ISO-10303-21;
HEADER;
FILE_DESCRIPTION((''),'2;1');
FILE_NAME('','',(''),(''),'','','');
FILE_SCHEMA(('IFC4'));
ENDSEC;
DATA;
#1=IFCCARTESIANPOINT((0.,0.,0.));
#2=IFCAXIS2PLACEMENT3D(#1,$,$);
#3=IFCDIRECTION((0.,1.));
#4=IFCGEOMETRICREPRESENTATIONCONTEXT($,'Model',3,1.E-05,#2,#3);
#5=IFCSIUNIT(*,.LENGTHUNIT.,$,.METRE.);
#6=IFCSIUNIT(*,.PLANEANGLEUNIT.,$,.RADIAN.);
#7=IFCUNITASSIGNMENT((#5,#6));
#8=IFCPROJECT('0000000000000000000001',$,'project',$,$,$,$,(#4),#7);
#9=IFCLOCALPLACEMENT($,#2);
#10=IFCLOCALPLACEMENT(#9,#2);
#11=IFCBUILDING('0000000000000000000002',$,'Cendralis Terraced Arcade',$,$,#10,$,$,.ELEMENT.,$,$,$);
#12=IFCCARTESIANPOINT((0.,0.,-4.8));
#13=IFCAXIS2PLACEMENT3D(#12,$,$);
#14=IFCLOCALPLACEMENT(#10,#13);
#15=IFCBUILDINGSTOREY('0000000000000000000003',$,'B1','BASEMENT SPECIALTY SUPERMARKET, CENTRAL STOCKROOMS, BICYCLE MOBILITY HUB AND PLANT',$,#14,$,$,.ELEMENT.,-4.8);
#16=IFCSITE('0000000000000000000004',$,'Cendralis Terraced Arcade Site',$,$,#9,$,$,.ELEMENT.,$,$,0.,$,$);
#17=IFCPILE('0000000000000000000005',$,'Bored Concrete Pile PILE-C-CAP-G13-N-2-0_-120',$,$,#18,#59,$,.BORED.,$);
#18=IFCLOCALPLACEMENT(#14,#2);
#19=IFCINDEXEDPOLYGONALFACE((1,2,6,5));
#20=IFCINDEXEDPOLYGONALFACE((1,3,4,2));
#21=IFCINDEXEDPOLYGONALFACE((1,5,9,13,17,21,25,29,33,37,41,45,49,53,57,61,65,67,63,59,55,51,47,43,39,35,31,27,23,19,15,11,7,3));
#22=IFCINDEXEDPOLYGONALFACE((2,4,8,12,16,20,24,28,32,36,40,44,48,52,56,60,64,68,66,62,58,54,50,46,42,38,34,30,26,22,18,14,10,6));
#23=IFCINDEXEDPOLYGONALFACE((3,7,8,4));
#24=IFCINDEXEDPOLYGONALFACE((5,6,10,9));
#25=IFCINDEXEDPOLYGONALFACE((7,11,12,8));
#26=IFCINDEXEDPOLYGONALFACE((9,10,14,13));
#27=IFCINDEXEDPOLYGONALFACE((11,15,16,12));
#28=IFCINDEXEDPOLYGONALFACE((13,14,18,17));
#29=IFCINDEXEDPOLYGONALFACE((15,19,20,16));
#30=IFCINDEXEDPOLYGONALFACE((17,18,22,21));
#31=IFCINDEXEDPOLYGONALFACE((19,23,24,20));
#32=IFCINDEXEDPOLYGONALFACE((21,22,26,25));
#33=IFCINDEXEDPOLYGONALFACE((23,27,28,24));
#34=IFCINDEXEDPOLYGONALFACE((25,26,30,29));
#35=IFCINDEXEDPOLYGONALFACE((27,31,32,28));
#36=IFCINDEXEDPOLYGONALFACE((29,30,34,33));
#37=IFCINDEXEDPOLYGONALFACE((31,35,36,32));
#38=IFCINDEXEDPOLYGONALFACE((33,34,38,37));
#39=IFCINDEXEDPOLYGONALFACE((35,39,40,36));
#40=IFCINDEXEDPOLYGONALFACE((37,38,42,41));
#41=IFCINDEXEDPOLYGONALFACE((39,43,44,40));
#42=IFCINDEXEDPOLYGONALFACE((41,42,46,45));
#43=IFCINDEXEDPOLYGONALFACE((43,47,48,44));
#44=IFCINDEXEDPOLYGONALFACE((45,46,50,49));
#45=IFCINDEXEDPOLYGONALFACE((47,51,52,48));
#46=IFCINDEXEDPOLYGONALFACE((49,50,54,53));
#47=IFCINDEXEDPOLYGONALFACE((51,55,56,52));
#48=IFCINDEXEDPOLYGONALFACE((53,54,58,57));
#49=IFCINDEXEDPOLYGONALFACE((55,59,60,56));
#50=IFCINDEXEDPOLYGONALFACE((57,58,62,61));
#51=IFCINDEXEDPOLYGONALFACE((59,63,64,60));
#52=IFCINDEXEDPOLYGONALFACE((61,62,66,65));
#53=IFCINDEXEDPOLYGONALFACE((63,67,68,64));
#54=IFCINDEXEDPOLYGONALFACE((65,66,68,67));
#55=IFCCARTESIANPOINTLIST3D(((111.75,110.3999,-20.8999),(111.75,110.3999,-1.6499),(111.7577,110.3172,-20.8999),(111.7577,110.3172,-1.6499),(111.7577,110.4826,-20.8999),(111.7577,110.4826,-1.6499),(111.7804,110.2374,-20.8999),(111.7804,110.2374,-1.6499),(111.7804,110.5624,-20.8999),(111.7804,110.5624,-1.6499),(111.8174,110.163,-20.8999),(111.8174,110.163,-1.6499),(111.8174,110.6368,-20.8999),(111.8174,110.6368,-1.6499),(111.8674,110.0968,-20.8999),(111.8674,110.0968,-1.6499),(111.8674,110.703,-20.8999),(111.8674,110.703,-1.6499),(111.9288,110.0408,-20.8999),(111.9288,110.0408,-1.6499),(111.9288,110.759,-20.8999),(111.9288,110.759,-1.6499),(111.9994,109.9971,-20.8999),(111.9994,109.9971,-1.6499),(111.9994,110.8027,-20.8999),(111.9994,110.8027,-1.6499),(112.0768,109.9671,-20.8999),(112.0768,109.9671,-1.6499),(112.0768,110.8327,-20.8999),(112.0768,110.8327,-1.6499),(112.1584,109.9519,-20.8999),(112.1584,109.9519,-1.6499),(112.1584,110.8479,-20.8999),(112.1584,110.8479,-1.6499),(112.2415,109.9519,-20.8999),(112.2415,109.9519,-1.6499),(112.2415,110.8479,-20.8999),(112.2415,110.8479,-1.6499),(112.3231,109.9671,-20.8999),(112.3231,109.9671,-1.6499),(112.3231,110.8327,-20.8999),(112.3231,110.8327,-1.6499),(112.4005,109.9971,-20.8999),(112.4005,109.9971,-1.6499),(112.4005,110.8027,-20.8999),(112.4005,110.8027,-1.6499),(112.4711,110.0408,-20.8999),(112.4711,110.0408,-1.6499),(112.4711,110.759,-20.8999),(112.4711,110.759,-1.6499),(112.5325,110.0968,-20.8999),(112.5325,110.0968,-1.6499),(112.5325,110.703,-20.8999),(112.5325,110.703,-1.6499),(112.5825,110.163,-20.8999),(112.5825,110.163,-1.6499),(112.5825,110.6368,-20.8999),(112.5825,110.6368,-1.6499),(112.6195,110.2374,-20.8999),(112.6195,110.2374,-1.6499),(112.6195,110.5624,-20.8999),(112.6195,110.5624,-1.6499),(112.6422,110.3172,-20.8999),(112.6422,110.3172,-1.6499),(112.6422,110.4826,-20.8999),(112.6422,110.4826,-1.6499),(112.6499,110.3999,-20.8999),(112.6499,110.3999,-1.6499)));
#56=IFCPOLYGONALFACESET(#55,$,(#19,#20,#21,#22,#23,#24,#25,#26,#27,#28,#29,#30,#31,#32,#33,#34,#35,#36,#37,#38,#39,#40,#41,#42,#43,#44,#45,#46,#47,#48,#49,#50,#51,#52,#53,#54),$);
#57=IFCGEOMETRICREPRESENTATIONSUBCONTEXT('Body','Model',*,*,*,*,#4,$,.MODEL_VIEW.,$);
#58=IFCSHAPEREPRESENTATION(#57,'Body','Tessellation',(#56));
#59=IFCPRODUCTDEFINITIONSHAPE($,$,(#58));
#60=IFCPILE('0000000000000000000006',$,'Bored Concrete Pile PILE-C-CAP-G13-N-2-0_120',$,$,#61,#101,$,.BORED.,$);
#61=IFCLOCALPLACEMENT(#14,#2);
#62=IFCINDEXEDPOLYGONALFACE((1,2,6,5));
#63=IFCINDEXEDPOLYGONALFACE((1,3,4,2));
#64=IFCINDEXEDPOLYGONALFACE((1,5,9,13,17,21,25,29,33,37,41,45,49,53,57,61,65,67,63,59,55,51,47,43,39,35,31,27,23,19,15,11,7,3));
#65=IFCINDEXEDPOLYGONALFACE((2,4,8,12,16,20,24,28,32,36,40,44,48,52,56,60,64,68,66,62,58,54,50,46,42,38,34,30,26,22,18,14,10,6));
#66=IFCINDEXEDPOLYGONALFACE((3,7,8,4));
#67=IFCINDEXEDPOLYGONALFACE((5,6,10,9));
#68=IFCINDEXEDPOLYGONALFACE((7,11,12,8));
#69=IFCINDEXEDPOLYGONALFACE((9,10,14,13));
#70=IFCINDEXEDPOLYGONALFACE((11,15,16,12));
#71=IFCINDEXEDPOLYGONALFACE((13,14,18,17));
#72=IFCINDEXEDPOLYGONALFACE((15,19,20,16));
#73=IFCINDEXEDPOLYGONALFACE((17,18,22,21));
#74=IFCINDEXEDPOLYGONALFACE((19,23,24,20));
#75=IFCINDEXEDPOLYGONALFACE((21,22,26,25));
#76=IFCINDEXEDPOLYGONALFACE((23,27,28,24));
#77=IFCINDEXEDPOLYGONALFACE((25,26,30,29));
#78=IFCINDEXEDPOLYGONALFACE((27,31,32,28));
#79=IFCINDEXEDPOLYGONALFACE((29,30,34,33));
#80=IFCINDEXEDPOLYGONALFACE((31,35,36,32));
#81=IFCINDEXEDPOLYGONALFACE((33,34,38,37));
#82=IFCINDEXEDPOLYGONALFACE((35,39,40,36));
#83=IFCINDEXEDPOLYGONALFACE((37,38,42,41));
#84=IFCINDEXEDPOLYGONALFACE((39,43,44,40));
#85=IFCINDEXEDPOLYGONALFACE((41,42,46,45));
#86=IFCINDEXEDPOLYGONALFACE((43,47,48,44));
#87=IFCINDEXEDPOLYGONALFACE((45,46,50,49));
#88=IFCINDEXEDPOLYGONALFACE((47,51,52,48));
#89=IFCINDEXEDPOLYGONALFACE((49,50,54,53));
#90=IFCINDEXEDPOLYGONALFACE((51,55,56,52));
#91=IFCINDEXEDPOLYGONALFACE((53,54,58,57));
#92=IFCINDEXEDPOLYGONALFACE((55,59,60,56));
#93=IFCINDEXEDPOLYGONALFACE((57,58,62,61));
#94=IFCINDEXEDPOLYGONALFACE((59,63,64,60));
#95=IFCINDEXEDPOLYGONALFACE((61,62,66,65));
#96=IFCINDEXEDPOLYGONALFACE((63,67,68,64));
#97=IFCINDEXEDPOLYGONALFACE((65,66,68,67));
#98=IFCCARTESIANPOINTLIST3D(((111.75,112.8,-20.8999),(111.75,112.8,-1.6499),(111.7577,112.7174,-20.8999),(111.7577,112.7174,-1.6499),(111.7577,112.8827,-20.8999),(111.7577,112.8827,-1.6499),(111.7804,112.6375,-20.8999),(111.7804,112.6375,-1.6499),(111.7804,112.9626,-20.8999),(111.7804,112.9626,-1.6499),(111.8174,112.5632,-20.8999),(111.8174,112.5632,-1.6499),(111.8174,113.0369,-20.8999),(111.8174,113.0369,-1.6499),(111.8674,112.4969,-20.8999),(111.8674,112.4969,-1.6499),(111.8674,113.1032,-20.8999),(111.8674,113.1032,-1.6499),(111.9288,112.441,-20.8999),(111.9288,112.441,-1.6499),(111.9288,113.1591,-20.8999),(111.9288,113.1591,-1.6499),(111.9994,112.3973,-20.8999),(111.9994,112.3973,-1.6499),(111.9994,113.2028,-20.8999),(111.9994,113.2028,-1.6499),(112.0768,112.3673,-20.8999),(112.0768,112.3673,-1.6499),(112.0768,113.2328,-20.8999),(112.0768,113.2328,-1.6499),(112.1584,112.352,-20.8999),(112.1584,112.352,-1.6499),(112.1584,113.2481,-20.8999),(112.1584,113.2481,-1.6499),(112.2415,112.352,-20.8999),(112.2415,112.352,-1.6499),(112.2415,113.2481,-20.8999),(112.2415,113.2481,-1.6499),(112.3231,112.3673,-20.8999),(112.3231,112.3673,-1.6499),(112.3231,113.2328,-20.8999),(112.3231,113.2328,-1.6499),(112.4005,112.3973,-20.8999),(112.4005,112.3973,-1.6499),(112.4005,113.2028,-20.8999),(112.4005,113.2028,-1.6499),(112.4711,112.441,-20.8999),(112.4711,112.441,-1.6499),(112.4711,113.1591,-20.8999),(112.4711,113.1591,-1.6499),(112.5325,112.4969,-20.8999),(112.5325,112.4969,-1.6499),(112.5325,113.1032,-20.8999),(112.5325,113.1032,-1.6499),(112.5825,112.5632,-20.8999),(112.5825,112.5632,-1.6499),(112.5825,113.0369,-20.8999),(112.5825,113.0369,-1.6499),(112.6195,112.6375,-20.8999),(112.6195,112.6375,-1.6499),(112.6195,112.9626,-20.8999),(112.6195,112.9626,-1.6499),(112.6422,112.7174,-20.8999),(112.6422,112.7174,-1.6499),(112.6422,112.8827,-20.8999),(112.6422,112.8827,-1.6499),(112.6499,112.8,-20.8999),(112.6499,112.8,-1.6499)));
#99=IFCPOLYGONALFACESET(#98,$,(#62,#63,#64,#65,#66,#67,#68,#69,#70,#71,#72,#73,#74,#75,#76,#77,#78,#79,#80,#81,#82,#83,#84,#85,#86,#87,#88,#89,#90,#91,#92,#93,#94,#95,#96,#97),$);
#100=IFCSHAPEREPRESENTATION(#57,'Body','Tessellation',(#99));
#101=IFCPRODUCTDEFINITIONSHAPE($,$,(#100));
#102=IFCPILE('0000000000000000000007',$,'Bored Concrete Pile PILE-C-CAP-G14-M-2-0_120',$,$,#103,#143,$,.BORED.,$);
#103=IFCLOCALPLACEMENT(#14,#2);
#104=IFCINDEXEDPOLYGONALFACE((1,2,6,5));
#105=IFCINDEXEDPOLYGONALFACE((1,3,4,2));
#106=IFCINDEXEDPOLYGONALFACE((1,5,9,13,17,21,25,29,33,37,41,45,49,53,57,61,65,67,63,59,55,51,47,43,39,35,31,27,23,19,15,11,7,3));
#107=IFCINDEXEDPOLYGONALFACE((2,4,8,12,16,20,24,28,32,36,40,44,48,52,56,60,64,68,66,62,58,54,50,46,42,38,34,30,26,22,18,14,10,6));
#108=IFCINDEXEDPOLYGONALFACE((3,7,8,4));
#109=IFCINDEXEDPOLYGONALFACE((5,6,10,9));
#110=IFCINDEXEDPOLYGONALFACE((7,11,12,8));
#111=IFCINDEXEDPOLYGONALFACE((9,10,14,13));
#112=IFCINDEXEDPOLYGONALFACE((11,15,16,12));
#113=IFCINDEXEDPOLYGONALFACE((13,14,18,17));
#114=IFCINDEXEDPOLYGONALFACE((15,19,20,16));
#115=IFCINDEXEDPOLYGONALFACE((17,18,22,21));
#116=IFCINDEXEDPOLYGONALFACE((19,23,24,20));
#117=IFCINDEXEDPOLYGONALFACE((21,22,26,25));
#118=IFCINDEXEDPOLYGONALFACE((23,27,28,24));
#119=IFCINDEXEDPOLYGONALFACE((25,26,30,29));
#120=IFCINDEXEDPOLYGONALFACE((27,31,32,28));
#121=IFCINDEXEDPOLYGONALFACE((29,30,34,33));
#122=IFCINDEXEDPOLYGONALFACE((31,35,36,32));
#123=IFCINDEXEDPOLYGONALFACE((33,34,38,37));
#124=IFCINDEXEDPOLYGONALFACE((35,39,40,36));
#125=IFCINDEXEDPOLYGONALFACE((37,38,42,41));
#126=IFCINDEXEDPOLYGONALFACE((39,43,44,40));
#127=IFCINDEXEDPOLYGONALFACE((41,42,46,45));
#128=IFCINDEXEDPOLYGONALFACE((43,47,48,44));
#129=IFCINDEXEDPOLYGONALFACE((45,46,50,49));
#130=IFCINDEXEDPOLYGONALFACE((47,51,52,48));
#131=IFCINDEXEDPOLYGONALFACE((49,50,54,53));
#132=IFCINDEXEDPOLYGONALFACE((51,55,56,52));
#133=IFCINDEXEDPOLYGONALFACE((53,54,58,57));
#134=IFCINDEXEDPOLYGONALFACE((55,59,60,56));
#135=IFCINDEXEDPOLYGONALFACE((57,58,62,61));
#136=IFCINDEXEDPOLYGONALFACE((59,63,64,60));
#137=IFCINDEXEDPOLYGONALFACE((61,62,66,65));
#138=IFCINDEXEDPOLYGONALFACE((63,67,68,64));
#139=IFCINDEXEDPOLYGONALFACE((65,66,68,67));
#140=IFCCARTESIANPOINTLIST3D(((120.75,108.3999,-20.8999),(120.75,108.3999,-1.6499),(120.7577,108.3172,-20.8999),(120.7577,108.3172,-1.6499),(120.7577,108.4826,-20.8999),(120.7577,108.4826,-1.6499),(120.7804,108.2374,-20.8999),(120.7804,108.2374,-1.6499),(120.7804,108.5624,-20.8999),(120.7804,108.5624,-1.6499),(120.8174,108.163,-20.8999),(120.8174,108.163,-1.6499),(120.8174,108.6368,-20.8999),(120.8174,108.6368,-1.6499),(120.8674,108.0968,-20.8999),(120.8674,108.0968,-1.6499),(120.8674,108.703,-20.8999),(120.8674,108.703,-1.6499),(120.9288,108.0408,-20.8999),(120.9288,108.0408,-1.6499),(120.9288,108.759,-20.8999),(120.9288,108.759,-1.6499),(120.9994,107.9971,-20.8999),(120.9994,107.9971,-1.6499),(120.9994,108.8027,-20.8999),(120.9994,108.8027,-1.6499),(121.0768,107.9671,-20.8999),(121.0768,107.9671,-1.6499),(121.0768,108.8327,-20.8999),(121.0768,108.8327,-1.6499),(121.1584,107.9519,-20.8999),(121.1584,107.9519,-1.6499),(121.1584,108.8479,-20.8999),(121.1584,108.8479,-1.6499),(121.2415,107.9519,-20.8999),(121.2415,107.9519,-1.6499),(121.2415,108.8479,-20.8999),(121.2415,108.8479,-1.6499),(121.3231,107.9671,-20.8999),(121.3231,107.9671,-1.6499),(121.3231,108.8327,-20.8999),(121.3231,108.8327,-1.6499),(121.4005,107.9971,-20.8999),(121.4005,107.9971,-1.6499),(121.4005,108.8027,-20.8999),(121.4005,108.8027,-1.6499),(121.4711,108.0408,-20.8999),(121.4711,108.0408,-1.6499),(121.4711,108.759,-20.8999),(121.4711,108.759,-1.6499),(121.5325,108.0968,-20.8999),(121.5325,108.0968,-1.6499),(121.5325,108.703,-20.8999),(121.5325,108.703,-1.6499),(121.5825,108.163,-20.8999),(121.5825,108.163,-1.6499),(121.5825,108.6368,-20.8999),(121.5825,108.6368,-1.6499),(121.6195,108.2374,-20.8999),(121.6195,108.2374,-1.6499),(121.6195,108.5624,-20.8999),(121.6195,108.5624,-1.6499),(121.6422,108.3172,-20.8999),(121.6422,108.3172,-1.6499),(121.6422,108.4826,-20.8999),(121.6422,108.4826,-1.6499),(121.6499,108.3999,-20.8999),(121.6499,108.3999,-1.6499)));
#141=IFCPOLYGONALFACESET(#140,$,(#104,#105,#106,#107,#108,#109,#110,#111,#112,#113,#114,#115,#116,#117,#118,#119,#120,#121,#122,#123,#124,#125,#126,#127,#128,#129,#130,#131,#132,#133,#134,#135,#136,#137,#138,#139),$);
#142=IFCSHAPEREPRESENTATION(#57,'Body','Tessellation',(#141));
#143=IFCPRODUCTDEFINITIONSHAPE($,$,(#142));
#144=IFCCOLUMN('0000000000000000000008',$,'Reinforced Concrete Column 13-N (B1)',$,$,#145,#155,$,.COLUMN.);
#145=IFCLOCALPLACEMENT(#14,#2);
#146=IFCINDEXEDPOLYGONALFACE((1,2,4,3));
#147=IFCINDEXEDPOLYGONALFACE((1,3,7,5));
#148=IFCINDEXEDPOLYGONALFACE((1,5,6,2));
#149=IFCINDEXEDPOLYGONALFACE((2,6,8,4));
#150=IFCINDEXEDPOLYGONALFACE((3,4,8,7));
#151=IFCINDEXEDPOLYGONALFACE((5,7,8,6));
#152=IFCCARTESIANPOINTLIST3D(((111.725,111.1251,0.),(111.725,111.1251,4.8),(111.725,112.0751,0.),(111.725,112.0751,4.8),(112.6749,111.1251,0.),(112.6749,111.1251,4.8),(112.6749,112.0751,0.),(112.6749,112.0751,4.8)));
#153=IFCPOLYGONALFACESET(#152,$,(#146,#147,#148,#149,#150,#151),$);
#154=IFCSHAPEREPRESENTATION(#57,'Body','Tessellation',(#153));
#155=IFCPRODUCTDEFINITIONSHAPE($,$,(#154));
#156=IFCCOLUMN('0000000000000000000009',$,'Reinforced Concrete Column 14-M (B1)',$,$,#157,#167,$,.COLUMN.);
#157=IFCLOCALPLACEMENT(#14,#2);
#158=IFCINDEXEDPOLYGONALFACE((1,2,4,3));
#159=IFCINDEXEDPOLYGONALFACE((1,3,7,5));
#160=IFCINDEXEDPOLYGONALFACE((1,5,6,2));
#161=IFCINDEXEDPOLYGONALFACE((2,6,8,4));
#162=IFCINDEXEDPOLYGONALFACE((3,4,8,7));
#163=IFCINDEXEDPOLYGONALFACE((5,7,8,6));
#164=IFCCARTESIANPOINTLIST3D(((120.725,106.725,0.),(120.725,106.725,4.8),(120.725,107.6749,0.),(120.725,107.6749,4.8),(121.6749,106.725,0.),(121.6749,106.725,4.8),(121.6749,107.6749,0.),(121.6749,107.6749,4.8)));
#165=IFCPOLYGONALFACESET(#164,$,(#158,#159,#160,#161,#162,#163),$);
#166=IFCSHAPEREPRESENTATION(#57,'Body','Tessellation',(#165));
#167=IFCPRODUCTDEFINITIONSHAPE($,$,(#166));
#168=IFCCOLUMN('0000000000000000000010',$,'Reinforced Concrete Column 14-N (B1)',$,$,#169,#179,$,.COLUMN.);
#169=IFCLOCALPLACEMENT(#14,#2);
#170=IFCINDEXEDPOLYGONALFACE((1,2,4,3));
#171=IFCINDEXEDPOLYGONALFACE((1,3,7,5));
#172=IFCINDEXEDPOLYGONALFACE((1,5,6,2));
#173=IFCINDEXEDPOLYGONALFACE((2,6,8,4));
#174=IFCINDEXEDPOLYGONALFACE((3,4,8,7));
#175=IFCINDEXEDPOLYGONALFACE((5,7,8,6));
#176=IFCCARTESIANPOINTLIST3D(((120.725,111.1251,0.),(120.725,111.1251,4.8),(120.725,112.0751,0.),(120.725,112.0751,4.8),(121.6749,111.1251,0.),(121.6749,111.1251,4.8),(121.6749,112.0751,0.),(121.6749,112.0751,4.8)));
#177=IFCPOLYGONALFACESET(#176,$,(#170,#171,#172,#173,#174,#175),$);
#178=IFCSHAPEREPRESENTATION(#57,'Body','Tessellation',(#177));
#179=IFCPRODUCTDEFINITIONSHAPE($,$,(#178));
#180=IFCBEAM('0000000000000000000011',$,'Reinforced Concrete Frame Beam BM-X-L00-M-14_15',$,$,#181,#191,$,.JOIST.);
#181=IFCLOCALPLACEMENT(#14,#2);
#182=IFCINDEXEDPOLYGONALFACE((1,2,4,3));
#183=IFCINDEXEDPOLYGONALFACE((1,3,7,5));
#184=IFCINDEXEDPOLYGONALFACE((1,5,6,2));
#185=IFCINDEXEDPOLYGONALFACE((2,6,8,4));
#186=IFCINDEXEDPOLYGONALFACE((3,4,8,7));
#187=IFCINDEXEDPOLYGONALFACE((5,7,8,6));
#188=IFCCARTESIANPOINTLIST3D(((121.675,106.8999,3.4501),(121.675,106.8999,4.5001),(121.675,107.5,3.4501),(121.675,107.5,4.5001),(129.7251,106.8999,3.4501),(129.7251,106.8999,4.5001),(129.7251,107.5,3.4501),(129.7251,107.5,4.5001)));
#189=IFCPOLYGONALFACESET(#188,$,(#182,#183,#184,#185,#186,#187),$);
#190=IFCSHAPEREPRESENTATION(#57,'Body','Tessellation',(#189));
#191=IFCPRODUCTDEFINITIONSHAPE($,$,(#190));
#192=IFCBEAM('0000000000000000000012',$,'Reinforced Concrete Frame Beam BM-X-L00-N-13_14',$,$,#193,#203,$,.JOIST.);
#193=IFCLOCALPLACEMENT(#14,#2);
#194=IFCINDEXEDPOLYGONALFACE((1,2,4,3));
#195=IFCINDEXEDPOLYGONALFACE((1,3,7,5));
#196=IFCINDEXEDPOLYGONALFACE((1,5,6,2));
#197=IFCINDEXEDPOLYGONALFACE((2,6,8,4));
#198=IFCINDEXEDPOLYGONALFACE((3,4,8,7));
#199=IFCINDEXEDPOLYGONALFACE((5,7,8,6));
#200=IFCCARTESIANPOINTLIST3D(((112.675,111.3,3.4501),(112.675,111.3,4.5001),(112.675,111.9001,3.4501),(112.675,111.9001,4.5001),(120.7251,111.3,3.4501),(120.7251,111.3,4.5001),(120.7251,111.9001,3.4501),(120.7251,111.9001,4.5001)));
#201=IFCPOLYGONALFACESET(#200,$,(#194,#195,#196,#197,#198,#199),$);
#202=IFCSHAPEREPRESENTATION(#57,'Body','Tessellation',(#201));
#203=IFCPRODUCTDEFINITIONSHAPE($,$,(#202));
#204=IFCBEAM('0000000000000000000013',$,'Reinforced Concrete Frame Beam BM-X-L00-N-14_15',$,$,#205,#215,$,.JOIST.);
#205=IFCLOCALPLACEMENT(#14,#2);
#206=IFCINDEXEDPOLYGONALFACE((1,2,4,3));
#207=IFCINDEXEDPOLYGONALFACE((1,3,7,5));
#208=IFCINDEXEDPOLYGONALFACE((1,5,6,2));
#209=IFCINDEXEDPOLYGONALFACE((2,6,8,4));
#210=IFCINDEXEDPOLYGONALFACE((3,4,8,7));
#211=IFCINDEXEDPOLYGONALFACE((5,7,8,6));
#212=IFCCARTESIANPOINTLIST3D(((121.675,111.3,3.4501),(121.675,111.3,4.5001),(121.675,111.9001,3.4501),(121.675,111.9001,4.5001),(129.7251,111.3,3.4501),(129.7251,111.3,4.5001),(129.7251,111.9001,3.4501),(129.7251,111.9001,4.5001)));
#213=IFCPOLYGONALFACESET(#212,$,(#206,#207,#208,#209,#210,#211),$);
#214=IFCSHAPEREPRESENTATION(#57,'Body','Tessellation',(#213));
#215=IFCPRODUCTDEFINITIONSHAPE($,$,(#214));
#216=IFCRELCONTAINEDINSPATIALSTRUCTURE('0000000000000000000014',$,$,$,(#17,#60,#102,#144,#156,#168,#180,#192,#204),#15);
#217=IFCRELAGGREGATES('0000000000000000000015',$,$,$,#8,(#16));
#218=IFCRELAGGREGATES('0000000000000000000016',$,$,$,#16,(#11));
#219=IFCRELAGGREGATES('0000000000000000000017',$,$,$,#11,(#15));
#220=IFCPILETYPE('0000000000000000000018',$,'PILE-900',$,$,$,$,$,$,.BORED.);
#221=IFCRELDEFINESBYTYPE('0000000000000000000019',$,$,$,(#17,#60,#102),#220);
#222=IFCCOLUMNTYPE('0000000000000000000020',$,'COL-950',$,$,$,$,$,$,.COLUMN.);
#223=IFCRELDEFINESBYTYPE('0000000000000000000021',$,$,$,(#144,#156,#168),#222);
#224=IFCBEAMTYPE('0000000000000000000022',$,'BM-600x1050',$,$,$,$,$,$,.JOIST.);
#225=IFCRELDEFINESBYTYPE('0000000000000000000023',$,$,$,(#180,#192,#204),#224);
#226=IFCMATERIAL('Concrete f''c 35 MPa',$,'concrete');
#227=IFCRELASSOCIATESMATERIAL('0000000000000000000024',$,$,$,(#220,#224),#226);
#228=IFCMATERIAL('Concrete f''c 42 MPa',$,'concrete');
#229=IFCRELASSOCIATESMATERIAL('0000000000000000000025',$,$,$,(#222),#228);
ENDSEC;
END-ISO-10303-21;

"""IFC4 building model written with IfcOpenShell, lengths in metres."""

from ifc_helpers import new_model, si_unit, direction, frame, origin, origin_2d, place, context, subcontext, project, spatial, rectangle, circle, extrude, material, material_profile, profile_set, type_object, element, save


model = new_model("IFC4")

# Units and contexts
model_context = context("Model", 3, precision=1e-05, world=origin(), true_north=direction((0.0, 1.0)))
body_context = subcontext(model_context, "Body", "Model", "MODEL_VIEW")
ifc_project = project(units=[si_unit("LENGTHUNIT", "METRE"), si_unit("PLANEANGLEUNIT", "RADIAN")], contexts=[model_context])

# Site, building, storey
site_placement = place(None, origin())
site = spatial("IfcSite", under=ifc_project, at=site_placement, Name="Cendralis Terraced Arcade Site", CompositionType="ELEMENT", RefElevation=0.0)
building_placement = place(site_placement, origin())
building = spatial("IfcBuilding", under=site, at=building_placement, Name="Cendralis Terraced Arcade", CompositionType="ELEMENT")
storey_placement = place(building_placement, frame((0.0, 0.0, -4.8)))
storey = spatial("IfcBuildingStorey", under=building, at=storey_placement, Name="B1", Description="BASEMENT SPECIALTY SUPERMARKET, CENTRAL STOCKROOMS, BICYCLE MOBILITY HUB AND PLANT", CompositionType="ELEMENT", Elevation=-4.8)

# Shared definitions
ifc_material_1 = material(Name="Concrete f'c 35 MPa", Category="concrete")

# Piles
ifc_material_profile_1 = material_profile(ifc_material_1, circle(Radius=0.45, at=origin_2d()), Name="PILE-D900", Category="LoadBearing")
ifc_profile_set_1 = profile_set([ifc_material_profile_1], Name="Concrete f'c 35 MPa")
pile_type_1 = type_object("IfcPileType", Name="PILE-900", PredefinedType="BORED", material=ifc_profile_set_1)
for number, where, z_axis, x_axis, name in (
    (1, (112.2, 110.3999, -1.6499), (0.0, 0.0, -1.0), (1.0, 0.0, 0.0), "Bored Concrete Pile PILE-C-CAP-G13-N-2-0_-120"),
    (2, (112.2, 112.8, -1.6499), (0.0, 0.0, -1.0), (1.0, 0.0, 0.0), "Bored Concrete Pile PILE-C-CAP-G13-N-2-0_120"),
    (3, (121.2, 108.3999, -1.6499), (0.0, 0.0, -1.0), (1.0, 0.0, 0.0), "Bored Concrete Pile PILE-C-CAP-G14-M-2-0_120"),
):
    element("IfcPile", number, at=place(storey_placement, frame(where, z_axis=z_axis, x_axis=x_axis)), inside=storey, type_object=pile_type_1, Name=name, PredefinedType="BORED", context=body_context, shape_type="SweptSolid", body=[
        extrude(circle(Radius=0.45, at=origin_2d()), origin(), (0.0, 0.0, 1.0), 19.25),
    ])

# Columns
ifc_material_2 = material(Name="Concrete f'c 42 MPa", Category="concrete")
ifc_material_profile_2 = material_profile(ifc_material_2, rectangle(XDim=0.95, YDim=0.95, at=origin_2d()), Name="RC-COL-950x950", Category="LoadBearing")
ifc_profile_set_2 = profile_set([ifc_material_profile_2], Name="Concrete f'c 42 MPa")
column_type = type_object("IfcColumnType", Name="COL-950", PredefinedType="COLUMN", material=ifc_profile_set_2)
for number, where, z_axis, x_axis, name in (
    (4, (112.2, 111.6001, 0.0), (0.0, 0.0, 1.0), (1.0, 0.0, 0.0), "Reinforced Concrete Column 13-N (B1)"),
    (5, (121.2, 107.2, 0.0), (0.0, 0.0, 1.0), (1.0, 0.0, 0.0), "Reinforced Concrete Column 14-M (B1)"),
    (6, (121.2, 111.6001, 0.0), (0.0, 0.0, 1.0), (1.0, 0.0, 0.0), "Reinforced Concrete Column 14-N (B1)"),
):
    element("IfcColumn", number, at=place(storey_placement, frame(where, z_axis=z_axis, x_axis=x_axis)), inside=storey, type_object=column_type, Name=name, PredefinedType="COLUMN", context=body_context, shape_type="SweptSolid", body=[
        extrude(rectangle(XDim=0.95, YDim=0.95, at=origin_2d()), origin(), (0.0, 0.0, 1.0), 4.8),
    ])

# Beams
ifc_material_profile_3 = material_profile(ifc_material_1, rectangle(XDim=0.6001, YDim=1.05, at=origin_2d()), Name="RC-BM-600x1050", Category="LoadBearing")
ifc_profile_set_3 = profile_set([ifc_material_profile_3], Name="Concrete f'c 35 MPa")
beam_type = type_object("IfcBeamType", Name="BM-600x1050", PredefinedType="JOIST", material=ifc_profile_set_3)
for number, where, z_axis, x_axis, name in (
    (7, (121.675, 107.2, 3.9751), (1.0, 0.0, 0.0), (0.0, 1.0, 0.0), "Reinforced Concrete Frame Beam BM-X-L00-M-14_15"),
    (8, (112.675, 111.6001, 3.9751), (1.0, 0.0, 0.0), (0.0, 1.0, 0.0), "Reinforced Concrete Frame Beam BM-X-L00-N-13_14"),
    (9, (121.675, 111.6001, 3.9751), (1.0, 0.0, 0.0), (0.0, 1.0, 0.0), "Reinforced Concrete Frame Beam BM-X-L00-N-14_15"),
):
    element("IfcBeam", number, at=place(storey_placement, frame(where, z_axis=z_axis, x_axis=x_axis)), inside=storey, type_object=beam_type, Name=name, PredefinedType="JOIST", context=body_context, shape_type="SweptSolid", body=[
        extrude(rectangle(XDim=0.6001, YDim=1.05, at=origin_2d()), origin(), (0.0, 0.0, 1.0), 8.05),
    ])

save(model, "model.ifc")
